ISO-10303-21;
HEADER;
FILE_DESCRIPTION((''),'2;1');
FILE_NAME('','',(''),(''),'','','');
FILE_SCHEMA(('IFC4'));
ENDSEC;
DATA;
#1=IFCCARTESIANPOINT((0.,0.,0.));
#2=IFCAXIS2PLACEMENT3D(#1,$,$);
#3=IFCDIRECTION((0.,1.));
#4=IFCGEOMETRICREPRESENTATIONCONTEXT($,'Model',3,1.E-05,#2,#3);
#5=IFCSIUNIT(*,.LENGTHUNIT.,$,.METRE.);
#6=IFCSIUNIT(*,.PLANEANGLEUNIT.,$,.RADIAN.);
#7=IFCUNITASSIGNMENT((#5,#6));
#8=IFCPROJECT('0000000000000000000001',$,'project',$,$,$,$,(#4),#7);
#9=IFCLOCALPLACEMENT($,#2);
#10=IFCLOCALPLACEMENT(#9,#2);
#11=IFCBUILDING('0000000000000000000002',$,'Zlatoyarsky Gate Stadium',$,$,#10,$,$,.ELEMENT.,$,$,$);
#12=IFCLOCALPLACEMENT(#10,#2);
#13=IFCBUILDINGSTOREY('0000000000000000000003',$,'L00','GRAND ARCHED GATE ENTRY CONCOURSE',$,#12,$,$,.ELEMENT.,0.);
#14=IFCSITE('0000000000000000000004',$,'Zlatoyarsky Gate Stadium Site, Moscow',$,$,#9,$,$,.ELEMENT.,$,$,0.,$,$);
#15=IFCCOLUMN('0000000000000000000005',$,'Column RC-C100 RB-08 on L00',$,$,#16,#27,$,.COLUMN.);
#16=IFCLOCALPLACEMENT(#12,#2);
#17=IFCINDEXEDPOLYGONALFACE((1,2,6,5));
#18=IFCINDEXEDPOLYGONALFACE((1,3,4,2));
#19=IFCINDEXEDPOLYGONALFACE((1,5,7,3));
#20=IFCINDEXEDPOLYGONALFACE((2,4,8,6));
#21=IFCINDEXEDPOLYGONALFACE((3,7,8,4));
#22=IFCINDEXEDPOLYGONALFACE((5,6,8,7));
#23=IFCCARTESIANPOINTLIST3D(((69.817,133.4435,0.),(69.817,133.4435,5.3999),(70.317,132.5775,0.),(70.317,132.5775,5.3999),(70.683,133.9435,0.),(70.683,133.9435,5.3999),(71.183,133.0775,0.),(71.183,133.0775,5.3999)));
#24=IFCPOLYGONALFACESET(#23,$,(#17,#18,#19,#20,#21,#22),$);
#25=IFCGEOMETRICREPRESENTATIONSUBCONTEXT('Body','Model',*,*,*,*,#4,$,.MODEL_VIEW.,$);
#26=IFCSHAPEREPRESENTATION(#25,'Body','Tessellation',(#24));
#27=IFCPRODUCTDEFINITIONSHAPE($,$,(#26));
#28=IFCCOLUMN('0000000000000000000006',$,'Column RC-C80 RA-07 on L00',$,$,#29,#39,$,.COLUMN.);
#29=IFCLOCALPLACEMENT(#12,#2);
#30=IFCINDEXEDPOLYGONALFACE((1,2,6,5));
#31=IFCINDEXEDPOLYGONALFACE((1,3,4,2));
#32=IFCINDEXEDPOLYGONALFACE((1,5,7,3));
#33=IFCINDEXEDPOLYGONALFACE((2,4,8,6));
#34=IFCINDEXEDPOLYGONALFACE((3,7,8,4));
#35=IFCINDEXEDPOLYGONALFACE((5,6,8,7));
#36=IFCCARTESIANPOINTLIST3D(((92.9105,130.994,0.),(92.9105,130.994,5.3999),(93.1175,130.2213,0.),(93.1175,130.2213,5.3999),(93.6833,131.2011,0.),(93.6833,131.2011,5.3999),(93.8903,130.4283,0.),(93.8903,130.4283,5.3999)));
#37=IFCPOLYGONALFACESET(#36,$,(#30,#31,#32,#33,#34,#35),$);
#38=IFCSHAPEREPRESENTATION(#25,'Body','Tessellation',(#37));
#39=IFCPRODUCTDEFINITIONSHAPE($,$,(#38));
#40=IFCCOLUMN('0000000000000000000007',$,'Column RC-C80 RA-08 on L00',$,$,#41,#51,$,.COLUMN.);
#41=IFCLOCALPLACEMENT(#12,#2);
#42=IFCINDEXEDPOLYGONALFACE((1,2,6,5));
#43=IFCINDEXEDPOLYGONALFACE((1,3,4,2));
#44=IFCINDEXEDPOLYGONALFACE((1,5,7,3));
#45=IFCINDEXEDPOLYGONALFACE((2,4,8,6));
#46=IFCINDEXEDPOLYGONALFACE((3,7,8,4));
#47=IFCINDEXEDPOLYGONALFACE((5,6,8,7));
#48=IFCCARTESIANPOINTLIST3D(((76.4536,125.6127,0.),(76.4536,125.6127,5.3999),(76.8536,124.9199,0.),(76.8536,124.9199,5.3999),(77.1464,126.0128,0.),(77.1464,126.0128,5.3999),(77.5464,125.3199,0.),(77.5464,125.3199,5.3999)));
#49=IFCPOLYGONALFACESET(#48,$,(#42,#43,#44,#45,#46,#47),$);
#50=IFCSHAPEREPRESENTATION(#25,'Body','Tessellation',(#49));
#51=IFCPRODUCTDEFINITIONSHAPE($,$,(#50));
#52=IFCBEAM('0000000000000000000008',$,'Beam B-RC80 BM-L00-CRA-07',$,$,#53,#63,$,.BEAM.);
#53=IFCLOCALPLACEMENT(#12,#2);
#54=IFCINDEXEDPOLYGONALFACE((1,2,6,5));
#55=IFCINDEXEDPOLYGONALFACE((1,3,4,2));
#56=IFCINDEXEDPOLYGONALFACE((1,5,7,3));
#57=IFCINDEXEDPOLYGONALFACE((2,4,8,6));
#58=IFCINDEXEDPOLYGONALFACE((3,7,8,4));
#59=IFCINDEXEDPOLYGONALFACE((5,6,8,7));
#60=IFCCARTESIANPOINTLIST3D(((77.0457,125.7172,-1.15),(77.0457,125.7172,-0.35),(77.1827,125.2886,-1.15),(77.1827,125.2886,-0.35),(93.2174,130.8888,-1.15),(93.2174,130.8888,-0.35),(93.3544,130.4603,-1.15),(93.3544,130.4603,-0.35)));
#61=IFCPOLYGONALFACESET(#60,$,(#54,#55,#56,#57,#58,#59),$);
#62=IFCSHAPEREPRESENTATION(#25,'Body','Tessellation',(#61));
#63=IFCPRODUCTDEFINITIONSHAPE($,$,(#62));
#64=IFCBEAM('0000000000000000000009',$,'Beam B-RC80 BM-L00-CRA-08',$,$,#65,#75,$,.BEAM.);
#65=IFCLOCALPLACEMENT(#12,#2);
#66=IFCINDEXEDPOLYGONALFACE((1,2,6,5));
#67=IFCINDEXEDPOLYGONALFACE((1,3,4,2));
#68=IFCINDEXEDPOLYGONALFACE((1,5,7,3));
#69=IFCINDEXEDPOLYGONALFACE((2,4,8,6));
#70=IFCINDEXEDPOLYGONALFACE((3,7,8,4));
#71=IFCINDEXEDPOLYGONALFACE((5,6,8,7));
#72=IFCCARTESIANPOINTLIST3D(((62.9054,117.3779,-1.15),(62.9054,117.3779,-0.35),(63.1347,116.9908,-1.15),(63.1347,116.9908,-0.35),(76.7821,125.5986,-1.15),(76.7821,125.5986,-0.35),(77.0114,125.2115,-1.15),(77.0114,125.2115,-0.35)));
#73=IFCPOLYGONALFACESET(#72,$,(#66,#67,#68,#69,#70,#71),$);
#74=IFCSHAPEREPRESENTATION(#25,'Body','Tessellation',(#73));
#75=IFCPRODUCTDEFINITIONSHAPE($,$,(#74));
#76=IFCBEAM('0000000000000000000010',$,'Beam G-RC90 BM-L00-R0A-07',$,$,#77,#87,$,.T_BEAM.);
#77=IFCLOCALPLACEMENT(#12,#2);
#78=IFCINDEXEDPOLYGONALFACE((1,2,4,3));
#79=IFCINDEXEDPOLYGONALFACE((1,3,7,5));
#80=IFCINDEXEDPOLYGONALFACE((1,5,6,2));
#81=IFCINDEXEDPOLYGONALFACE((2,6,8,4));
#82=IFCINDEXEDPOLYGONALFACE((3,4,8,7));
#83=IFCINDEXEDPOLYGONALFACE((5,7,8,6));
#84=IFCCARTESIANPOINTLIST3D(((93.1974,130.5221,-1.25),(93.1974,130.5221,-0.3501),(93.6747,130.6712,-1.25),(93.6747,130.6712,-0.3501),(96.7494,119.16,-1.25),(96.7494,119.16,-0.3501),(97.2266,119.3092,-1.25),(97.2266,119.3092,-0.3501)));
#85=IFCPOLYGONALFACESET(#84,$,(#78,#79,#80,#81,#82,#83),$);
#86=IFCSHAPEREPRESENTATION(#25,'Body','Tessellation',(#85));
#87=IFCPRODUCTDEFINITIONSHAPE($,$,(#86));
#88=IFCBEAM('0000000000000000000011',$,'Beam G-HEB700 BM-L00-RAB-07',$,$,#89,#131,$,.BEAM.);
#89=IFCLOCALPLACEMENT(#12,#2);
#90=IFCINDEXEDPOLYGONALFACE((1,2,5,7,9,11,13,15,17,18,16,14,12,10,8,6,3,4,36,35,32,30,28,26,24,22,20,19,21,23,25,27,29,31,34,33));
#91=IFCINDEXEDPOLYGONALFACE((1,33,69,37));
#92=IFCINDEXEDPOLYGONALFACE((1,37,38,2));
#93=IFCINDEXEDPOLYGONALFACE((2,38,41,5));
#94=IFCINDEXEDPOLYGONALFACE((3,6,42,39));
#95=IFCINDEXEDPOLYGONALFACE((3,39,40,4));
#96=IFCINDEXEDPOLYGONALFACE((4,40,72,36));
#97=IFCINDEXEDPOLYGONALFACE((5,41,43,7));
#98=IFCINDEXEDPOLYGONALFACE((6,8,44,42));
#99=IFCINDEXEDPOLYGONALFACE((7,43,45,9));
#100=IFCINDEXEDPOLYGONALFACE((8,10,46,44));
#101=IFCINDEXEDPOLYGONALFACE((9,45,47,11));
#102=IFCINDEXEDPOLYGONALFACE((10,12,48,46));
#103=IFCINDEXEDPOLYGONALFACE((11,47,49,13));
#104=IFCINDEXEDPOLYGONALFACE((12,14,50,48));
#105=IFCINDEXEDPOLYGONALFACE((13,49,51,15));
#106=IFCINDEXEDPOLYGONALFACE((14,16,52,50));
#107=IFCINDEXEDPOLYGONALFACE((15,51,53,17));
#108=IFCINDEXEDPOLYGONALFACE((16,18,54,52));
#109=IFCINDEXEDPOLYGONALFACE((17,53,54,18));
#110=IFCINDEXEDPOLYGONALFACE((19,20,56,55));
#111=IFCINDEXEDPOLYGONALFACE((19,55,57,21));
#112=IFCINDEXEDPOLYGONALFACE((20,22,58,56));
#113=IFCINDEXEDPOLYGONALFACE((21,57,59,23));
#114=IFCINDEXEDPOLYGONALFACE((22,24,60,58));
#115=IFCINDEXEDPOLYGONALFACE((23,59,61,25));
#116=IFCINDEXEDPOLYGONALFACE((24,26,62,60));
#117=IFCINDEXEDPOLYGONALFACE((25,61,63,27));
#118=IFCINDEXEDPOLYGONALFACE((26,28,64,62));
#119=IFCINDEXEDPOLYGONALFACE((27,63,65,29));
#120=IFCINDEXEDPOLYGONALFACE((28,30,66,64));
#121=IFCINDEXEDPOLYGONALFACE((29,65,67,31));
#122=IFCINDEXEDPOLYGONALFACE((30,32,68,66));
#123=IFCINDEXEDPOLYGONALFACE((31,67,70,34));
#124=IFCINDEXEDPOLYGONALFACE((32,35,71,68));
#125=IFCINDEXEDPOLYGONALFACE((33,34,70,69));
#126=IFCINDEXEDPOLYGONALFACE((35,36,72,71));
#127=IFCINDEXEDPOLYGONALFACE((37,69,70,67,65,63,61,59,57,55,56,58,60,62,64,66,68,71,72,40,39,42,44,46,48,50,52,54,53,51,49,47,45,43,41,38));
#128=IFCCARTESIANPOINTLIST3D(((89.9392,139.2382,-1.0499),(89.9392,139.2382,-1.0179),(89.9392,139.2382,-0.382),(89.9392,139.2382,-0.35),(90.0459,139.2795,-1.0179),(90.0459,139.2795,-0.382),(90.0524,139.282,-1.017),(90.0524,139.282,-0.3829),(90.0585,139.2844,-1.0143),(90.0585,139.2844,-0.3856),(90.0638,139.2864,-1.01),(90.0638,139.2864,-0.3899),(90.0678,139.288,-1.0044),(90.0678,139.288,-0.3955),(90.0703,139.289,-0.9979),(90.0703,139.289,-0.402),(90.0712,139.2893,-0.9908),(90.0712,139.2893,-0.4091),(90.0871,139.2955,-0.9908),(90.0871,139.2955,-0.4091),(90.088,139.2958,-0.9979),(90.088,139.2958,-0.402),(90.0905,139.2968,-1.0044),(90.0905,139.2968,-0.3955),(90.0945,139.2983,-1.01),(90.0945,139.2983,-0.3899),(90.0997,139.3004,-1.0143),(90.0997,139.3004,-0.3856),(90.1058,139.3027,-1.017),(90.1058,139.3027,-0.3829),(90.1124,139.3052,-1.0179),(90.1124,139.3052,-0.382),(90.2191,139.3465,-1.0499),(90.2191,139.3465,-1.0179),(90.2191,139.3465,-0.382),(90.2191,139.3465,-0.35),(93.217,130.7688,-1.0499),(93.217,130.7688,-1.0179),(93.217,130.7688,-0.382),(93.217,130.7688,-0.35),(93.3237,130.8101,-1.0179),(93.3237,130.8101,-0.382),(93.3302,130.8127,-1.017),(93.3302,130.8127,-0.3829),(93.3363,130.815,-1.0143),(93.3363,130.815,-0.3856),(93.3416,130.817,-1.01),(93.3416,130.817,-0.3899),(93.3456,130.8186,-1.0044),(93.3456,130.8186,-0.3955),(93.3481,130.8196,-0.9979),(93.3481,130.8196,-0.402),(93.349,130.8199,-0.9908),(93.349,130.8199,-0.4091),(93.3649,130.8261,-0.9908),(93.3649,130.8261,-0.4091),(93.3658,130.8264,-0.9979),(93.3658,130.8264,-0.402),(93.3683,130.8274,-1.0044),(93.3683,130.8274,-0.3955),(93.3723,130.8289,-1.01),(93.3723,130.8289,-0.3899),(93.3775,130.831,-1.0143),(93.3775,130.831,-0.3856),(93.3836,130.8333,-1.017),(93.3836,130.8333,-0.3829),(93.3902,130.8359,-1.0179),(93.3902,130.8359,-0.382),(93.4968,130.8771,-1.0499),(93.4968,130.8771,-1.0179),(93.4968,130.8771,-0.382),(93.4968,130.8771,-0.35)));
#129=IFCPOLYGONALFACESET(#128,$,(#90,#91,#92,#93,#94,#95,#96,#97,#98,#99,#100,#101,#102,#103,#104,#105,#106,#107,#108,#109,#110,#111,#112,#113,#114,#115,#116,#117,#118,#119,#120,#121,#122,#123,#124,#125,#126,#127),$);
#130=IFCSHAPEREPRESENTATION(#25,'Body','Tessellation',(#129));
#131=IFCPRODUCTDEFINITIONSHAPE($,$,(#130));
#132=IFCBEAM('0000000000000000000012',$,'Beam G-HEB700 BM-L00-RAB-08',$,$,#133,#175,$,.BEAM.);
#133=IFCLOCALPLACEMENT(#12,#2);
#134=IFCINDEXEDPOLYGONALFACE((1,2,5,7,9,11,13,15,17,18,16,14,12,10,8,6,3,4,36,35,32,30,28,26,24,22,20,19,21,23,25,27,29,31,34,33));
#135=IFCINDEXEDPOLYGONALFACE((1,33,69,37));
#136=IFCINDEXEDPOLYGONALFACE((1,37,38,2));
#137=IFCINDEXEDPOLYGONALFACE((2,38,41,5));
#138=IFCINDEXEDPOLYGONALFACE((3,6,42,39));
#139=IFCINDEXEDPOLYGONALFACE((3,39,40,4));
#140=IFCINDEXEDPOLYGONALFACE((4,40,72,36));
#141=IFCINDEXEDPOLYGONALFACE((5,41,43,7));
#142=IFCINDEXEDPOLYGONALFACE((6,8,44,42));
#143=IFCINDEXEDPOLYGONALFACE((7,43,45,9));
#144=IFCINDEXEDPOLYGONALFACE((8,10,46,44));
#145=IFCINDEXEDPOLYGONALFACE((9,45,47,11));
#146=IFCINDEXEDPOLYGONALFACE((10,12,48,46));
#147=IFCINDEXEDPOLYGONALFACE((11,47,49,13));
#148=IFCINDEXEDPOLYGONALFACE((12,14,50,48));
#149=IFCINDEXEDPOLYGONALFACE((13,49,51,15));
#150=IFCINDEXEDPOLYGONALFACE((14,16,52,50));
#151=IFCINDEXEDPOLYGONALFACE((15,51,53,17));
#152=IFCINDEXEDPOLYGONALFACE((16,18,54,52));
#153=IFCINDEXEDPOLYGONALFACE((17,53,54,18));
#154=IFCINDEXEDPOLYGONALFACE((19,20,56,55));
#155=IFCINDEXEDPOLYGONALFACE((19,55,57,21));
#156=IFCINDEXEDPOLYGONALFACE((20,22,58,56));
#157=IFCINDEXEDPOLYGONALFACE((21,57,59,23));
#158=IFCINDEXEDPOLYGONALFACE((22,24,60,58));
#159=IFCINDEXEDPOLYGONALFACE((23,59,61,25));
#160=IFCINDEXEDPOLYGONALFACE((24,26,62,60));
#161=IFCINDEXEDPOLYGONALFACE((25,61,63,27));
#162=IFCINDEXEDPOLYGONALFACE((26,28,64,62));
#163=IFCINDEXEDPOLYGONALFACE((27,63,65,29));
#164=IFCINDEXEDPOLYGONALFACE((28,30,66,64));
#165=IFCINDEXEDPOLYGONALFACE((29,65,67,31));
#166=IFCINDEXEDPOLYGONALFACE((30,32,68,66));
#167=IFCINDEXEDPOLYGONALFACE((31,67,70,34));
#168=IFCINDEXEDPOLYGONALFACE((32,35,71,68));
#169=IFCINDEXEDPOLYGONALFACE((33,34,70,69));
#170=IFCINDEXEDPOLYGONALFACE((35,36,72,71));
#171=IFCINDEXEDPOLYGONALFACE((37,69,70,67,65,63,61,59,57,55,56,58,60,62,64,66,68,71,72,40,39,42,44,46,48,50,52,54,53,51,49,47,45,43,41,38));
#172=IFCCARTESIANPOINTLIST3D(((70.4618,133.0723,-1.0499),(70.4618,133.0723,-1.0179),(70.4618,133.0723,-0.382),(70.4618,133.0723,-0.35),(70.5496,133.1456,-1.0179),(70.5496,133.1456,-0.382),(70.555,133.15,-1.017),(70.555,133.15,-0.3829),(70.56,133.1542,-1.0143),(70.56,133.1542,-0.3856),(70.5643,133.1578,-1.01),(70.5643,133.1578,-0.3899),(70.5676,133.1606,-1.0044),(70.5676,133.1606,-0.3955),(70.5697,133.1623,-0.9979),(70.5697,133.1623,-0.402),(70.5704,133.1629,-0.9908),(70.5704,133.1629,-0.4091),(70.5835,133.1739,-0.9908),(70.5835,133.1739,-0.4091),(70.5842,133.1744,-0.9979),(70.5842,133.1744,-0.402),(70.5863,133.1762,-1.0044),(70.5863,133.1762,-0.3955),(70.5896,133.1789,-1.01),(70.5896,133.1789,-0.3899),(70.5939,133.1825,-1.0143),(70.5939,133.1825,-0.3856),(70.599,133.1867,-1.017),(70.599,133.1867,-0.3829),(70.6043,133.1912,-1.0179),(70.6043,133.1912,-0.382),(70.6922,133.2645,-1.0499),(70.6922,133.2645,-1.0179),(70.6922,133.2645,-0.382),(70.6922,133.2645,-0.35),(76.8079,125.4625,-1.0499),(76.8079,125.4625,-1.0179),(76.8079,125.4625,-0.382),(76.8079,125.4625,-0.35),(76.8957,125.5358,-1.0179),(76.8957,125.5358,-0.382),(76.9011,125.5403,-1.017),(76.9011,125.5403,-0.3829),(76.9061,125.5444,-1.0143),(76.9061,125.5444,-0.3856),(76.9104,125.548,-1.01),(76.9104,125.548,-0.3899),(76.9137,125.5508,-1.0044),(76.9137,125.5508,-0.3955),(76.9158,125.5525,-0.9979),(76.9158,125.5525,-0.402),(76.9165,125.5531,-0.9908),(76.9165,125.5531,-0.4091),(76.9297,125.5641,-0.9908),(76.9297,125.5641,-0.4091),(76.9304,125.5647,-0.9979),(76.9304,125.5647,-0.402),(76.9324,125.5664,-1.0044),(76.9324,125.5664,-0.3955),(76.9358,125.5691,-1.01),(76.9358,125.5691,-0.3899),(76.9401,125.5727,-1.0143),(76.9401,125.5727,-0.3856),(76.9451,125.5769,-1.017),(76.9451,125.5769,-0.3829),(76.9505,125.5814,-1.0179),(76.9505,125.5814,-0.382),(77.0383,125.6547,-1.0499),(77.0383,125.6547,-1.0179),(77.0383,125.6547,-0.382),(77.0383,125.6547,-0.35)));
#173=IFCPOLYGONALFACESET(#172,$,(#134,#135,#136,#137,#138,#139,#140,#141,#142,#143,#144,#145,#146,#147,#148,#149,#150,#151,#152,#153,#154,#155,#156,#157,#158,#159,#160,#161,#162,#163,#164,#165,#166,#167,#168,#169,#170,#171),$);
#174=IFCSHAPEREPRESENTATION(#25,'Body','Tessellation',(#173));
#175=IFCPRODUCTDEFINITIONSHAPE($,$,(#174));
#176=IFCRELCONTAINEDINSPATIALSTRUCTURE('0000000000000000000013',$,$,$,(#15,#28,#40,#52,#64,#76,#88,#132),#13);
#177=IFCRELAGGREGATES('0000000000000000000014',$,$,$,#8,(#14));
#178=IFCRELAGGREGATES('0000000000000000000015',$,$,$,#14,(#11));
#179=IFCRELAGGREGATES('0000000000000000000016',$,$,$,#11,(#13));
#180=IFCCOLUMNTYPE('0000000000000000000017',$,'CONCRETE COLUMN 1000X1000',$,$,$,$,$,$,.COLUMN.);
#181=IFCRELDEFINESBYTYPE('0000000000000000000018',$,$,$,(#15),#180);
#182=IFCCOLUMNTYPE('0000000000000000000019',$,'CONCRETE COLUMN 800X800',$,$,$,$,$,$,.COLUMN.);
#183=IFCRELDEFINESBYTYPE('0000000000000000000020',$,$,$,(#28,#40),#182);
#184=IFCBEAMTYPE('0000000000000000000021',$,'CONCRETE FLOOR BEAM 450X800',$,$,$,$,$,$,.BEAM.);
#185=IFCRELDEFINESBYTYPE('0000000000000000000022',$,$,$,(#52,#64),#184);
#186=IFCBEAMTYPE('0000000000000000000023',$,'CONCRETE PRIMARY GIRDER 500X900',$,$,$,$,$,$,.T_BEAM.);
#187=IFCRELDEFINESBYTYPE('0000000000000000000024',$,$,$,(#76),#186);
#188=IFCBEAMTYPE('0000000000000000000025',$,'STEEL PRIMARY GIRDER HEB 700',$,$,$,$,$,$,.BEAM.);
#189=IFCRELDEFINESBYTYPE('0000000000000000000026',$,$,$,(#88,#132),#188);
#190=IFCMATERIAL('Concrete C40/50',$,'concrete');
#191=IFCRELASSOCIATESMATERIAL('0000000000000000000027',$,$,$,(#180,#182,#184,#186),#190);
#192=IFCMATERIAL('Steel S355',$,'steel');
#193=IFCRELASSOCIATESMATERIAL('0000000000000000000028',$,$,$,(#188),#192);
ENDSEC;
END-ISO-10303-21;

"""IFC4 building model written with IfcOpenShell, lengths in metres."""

from ifc_helpers import new_model, si_unit, direction, frame, origin, origin_2d, place, context, subcontext, project, spatial, rectangle, i_section, extrude, material, material_profile, profile_set, type_object, element, save


model = new_model("IFC4")

# Units and contexts
model_context = context("Model", 3, precision=1e-05, world=origin(), true_north=direction((0.0, 1.0)))
body_context = subcontext(model_context, "Body", "Model", "MODEL_VIEW")
ifc_project = project(units=[si_unit("LENGTHUNIT", "METRE"), si_unit("PLANEANGLEUNIT", "RADIAN")], contexts=[model_context])

# Site, building, storey
site_placement = place(None, origin())
site = spatial("IfcSite", under=ifc_project, at=site_placement, Name="Zlatoyarsky Gate Stadium Site, Moscow", CompositionType="ELEMENT", RefElevation=0.0)
building_placement = place(site_placement, origin())
building = spatial("IfcBuilding", under=site, at=building_placement, Name="Zlatoyarsky Gate Stadium", CompositionType="ELEMENT")
storey_placement = place(building_placement, origin())
storey = spatial("IfcBuildingStorey", under=building, at=storey_placement, Name="L00", Description="GRAND ARCHED GATE ENTRY CONCOURSE", CompositionType="ELEMENT", Elevation=0.0)

# Columns
ifc_material_1 = material(Name="Concrete C40/50", Category="concrete")
ifc_material_profile_1 = material_profile(ifc_material_1, rectangle(XDim=1.0, YDim=1.0, at=origin_2d()), Name="RC COL 1000X1000")
ifc_profile_set_1 = profile_set([ifc_material_profile_1], Name="Concrete C40/50")
column_type_1 = type_object("IfcColumnType", Name="CONCRETE COLUMN 1000X1000", PredefinedType="COLUMN", material=ifc_profile_set_1)
column_placement = place(storey_placement, frame((70.5, 133.2605, 0.0), z_axis=(0.0, 0.0, 1.0), x_axis=(-0.5, 0.866025, 0.0)))
element("IfcColumn", 1, at=column_placement, inside=storey, type_object=column_type_1, Name="Column RC-C100 RB-08 on L00", PredefinedType="COLUMN", context=body_context, shape_type="SweptSolid", body=[
    extrude(rectangle(XDim=1.0, YDim=1.0, at=origin_2d()), origin(), (0.0, 0.0, 1.0), 5.3999),
])
ifc_material_profile_2 = material_profile(ifc_material_1, rectangle(XDim=0.8, YDim=0.8, at=origin_2d()), Name="RC COL 800X800")
ifc_profile_set_2 = profile_set([ifc_material_profile_2], Name="Concrete C40/50")
column_type_2 = type_object("IfcColumnType", Name="CONCRETE COLUMN 800X800", PredefinedType="COLUMN", material=ifc_profile_set_2)
for number, where, z_axis, x_axis, name in (
    (2, (93.4004, 130.7112, 0.0), (0.0, 0.0, 1.0), (-0.258819, 0.965926, 0.0), "Column RC-C80 RA-07 on L00"),
    (3, (77.0, 125.4663, 0.0), (0.0, 0.0, 1.0), (-0.5, 0.866025, 0.0), "Column RC-C80 RA-08 on L00"),
):
    element("IfcColumn", number, at=place(storey_placement, frame(where, z_axis=z_axis, x_axis=x_axis)), inside=storey, type_object=column_type_2, Name=name, PredefinedType="COLUMN", context=body_context, shape_type="SweptSolid", body=[
        extrude(rectangle(XDim=0.8, YDim=0.8, at=origin_2d()), origin(), (0.0, 0.0, 1.0), 5.3999),
    ])

# Beams
ifc_material_profile_3 = material_profile(ifc_material_1, rectangle(XDim=0.45, YDim=0.8, at=origin_2d()), Name="RC BEAM 450X800")
ifc_profile_set_3 = profile_set([ifc_material_profile_3], Name="Concrete C40/50")
beam_type_1 = type_object("IfcBeamType", Name="CONCRETE FLOOR BEAM 450X800", PredefinedType="BEAM", material=ifc_profile_set_3)
beam_1_placement = place(storey_placement, frame((93.2859, 130.6746, -0.75), z_axis=(-0.95248, -0.3046, 0.0), x_axis=(0.3046, -0.95248, 0.0)))
element("IfcBeam", 4, at=beam_1_placement, inside=storey, type_object=beam_type_1, Name="Beam B-RC80 BM-L00-CRA-07", PredefinedType="BEAM", context=body_context, shape_type="SweptSolid", body=[
    extrude(rectangle(XDim=0.45, YDim=0.8, at=origin_2d()), origin(), (0.0, 0.0, 1.0), 16.9785),
])
beam_2_placement = place(storey_placement, frame((76.8967, 125.405, -0.75), z_axis=(-0.86036, -0.509686, 0.0), x_axis=(0.509686, -0.86036, 0.0)))
element("IfcBeam", 5, at=beam_2_placement, inside=storey, type_object=beam_type_1, Name="Beam B-RC80 BM-L00-CRA-08", PredefinedType="BEAM", context=body_context, shape_type="SweptSolid", body=[
    extrude(rectangle(XDim=0.45, YDim=0.8, at=origin_2d()), origin(), (0.0, 0.0, 1.0), 16.1289),
])
ifc_material_profile_4 = material_profile(ifc_material_1, rectangle(XDim=0.5, YDim=0.8999, at=origin_2d()), Name="RC GIRDER 500X900")
ifc_profile_set_4 = profile_set([ifc_material_profile_4], Name="Concrete C40/50")
beam_type_2 = type_object("IfcBeamType", Name="CONCRETE PRIMARY GIRDER 500X900", PredefinedType="T_BEAM", material=ifc_profile_set_4)
beam_3_placement = place(storey_placement, frame((96.988, 119.2346, -0.8), z_axis=(-0.298379, 0.954447, 0.0), x_axis=(-0.954447, -0.298379, 0.0)))
element("IfcBeam", 6, at=beam_3_placement, inside=storey, type_object=beam_type_2, Name="Beam G-RC90 BM-L00-R0A-07", PredefinedType="T_BEAM", context=body_context, shape_type="SweptSolid", body=[
    extrude(rectangle(XDim=0.5, YDim=0.8999, at=origin_2d()), origin(), (0.0, 0.0, 1.0), 11.9043),
])
ifc_material_2 = material(Name="Steel S355", Category="steel")
ifc_material_profile_5 = material_profile(ifc_material_2, i_section(OverallWidth=0.3, OverallDepth=0.7, WebThickness=0.0171, FlangeThickness=0.032, FilletRadius=0.0271, at=origin_2d()), Name="HEB 700")
ifc_profile_set_5 = profile_set([ifc_material_profile_5], Name="Steel S355")
beam_type_3 = type_object("IfcBeamType", Name="STEEL PRIMARY GIRDER HEB 700", PredefinedType="BEAM", material=ifc_profile_set_5)
beam_4_placement = place(storey_placement, frame((93.3569, 130.823, -0.7), z_axis=(-0.360929, 0.932593, 0.0), x_axis=(-0.932593, -0.360929, 0.0)))
element("IfcBeam", 7, at=beam_4_placement, inside=storey, type_object=beam_type_3, Name="Beam G-HEB700 BM-L00-RAB-07", PredefinedType="BEAM", context=body_context, shape_type="SweptSolid", body=[
    extrude(i_section(OverallWidth=0.3, OverallDepth=0.7, WebThickness=0.0171, FlangeThickness=0.032, FilletRadius=0.0271, at=origin_2d()), origin(), (0.0, 0.0, 1.0), 9.0815),
])
beam_5_placement = place(storey_placement, frame((76.9231, 125.5586, -0.7), z_axis=(-0.640461, 0.767991, 0.0), x_axis=(-0.767991, -0.640461, 0.0)))
element("IfcBeam", 8, at=beam_5_placement, inside=storey, type_object=beam_type_3, Name="Beam G-HEB700 BM-L00-RAB-08", PredefinedType="BEAM", context=body_context, shape_type="SweptSolid", body=[
    extrude(i_section(OverallWidth=0.3, OverallDepth=0.7, WebThickness=0.0171, FlangeThickness=0.032, FilletRadius=0.0271, at=origin_2d()), origin(), (0.0, 0.0, 1.0), 9.9087),
])

save(model, "model.ifc")
